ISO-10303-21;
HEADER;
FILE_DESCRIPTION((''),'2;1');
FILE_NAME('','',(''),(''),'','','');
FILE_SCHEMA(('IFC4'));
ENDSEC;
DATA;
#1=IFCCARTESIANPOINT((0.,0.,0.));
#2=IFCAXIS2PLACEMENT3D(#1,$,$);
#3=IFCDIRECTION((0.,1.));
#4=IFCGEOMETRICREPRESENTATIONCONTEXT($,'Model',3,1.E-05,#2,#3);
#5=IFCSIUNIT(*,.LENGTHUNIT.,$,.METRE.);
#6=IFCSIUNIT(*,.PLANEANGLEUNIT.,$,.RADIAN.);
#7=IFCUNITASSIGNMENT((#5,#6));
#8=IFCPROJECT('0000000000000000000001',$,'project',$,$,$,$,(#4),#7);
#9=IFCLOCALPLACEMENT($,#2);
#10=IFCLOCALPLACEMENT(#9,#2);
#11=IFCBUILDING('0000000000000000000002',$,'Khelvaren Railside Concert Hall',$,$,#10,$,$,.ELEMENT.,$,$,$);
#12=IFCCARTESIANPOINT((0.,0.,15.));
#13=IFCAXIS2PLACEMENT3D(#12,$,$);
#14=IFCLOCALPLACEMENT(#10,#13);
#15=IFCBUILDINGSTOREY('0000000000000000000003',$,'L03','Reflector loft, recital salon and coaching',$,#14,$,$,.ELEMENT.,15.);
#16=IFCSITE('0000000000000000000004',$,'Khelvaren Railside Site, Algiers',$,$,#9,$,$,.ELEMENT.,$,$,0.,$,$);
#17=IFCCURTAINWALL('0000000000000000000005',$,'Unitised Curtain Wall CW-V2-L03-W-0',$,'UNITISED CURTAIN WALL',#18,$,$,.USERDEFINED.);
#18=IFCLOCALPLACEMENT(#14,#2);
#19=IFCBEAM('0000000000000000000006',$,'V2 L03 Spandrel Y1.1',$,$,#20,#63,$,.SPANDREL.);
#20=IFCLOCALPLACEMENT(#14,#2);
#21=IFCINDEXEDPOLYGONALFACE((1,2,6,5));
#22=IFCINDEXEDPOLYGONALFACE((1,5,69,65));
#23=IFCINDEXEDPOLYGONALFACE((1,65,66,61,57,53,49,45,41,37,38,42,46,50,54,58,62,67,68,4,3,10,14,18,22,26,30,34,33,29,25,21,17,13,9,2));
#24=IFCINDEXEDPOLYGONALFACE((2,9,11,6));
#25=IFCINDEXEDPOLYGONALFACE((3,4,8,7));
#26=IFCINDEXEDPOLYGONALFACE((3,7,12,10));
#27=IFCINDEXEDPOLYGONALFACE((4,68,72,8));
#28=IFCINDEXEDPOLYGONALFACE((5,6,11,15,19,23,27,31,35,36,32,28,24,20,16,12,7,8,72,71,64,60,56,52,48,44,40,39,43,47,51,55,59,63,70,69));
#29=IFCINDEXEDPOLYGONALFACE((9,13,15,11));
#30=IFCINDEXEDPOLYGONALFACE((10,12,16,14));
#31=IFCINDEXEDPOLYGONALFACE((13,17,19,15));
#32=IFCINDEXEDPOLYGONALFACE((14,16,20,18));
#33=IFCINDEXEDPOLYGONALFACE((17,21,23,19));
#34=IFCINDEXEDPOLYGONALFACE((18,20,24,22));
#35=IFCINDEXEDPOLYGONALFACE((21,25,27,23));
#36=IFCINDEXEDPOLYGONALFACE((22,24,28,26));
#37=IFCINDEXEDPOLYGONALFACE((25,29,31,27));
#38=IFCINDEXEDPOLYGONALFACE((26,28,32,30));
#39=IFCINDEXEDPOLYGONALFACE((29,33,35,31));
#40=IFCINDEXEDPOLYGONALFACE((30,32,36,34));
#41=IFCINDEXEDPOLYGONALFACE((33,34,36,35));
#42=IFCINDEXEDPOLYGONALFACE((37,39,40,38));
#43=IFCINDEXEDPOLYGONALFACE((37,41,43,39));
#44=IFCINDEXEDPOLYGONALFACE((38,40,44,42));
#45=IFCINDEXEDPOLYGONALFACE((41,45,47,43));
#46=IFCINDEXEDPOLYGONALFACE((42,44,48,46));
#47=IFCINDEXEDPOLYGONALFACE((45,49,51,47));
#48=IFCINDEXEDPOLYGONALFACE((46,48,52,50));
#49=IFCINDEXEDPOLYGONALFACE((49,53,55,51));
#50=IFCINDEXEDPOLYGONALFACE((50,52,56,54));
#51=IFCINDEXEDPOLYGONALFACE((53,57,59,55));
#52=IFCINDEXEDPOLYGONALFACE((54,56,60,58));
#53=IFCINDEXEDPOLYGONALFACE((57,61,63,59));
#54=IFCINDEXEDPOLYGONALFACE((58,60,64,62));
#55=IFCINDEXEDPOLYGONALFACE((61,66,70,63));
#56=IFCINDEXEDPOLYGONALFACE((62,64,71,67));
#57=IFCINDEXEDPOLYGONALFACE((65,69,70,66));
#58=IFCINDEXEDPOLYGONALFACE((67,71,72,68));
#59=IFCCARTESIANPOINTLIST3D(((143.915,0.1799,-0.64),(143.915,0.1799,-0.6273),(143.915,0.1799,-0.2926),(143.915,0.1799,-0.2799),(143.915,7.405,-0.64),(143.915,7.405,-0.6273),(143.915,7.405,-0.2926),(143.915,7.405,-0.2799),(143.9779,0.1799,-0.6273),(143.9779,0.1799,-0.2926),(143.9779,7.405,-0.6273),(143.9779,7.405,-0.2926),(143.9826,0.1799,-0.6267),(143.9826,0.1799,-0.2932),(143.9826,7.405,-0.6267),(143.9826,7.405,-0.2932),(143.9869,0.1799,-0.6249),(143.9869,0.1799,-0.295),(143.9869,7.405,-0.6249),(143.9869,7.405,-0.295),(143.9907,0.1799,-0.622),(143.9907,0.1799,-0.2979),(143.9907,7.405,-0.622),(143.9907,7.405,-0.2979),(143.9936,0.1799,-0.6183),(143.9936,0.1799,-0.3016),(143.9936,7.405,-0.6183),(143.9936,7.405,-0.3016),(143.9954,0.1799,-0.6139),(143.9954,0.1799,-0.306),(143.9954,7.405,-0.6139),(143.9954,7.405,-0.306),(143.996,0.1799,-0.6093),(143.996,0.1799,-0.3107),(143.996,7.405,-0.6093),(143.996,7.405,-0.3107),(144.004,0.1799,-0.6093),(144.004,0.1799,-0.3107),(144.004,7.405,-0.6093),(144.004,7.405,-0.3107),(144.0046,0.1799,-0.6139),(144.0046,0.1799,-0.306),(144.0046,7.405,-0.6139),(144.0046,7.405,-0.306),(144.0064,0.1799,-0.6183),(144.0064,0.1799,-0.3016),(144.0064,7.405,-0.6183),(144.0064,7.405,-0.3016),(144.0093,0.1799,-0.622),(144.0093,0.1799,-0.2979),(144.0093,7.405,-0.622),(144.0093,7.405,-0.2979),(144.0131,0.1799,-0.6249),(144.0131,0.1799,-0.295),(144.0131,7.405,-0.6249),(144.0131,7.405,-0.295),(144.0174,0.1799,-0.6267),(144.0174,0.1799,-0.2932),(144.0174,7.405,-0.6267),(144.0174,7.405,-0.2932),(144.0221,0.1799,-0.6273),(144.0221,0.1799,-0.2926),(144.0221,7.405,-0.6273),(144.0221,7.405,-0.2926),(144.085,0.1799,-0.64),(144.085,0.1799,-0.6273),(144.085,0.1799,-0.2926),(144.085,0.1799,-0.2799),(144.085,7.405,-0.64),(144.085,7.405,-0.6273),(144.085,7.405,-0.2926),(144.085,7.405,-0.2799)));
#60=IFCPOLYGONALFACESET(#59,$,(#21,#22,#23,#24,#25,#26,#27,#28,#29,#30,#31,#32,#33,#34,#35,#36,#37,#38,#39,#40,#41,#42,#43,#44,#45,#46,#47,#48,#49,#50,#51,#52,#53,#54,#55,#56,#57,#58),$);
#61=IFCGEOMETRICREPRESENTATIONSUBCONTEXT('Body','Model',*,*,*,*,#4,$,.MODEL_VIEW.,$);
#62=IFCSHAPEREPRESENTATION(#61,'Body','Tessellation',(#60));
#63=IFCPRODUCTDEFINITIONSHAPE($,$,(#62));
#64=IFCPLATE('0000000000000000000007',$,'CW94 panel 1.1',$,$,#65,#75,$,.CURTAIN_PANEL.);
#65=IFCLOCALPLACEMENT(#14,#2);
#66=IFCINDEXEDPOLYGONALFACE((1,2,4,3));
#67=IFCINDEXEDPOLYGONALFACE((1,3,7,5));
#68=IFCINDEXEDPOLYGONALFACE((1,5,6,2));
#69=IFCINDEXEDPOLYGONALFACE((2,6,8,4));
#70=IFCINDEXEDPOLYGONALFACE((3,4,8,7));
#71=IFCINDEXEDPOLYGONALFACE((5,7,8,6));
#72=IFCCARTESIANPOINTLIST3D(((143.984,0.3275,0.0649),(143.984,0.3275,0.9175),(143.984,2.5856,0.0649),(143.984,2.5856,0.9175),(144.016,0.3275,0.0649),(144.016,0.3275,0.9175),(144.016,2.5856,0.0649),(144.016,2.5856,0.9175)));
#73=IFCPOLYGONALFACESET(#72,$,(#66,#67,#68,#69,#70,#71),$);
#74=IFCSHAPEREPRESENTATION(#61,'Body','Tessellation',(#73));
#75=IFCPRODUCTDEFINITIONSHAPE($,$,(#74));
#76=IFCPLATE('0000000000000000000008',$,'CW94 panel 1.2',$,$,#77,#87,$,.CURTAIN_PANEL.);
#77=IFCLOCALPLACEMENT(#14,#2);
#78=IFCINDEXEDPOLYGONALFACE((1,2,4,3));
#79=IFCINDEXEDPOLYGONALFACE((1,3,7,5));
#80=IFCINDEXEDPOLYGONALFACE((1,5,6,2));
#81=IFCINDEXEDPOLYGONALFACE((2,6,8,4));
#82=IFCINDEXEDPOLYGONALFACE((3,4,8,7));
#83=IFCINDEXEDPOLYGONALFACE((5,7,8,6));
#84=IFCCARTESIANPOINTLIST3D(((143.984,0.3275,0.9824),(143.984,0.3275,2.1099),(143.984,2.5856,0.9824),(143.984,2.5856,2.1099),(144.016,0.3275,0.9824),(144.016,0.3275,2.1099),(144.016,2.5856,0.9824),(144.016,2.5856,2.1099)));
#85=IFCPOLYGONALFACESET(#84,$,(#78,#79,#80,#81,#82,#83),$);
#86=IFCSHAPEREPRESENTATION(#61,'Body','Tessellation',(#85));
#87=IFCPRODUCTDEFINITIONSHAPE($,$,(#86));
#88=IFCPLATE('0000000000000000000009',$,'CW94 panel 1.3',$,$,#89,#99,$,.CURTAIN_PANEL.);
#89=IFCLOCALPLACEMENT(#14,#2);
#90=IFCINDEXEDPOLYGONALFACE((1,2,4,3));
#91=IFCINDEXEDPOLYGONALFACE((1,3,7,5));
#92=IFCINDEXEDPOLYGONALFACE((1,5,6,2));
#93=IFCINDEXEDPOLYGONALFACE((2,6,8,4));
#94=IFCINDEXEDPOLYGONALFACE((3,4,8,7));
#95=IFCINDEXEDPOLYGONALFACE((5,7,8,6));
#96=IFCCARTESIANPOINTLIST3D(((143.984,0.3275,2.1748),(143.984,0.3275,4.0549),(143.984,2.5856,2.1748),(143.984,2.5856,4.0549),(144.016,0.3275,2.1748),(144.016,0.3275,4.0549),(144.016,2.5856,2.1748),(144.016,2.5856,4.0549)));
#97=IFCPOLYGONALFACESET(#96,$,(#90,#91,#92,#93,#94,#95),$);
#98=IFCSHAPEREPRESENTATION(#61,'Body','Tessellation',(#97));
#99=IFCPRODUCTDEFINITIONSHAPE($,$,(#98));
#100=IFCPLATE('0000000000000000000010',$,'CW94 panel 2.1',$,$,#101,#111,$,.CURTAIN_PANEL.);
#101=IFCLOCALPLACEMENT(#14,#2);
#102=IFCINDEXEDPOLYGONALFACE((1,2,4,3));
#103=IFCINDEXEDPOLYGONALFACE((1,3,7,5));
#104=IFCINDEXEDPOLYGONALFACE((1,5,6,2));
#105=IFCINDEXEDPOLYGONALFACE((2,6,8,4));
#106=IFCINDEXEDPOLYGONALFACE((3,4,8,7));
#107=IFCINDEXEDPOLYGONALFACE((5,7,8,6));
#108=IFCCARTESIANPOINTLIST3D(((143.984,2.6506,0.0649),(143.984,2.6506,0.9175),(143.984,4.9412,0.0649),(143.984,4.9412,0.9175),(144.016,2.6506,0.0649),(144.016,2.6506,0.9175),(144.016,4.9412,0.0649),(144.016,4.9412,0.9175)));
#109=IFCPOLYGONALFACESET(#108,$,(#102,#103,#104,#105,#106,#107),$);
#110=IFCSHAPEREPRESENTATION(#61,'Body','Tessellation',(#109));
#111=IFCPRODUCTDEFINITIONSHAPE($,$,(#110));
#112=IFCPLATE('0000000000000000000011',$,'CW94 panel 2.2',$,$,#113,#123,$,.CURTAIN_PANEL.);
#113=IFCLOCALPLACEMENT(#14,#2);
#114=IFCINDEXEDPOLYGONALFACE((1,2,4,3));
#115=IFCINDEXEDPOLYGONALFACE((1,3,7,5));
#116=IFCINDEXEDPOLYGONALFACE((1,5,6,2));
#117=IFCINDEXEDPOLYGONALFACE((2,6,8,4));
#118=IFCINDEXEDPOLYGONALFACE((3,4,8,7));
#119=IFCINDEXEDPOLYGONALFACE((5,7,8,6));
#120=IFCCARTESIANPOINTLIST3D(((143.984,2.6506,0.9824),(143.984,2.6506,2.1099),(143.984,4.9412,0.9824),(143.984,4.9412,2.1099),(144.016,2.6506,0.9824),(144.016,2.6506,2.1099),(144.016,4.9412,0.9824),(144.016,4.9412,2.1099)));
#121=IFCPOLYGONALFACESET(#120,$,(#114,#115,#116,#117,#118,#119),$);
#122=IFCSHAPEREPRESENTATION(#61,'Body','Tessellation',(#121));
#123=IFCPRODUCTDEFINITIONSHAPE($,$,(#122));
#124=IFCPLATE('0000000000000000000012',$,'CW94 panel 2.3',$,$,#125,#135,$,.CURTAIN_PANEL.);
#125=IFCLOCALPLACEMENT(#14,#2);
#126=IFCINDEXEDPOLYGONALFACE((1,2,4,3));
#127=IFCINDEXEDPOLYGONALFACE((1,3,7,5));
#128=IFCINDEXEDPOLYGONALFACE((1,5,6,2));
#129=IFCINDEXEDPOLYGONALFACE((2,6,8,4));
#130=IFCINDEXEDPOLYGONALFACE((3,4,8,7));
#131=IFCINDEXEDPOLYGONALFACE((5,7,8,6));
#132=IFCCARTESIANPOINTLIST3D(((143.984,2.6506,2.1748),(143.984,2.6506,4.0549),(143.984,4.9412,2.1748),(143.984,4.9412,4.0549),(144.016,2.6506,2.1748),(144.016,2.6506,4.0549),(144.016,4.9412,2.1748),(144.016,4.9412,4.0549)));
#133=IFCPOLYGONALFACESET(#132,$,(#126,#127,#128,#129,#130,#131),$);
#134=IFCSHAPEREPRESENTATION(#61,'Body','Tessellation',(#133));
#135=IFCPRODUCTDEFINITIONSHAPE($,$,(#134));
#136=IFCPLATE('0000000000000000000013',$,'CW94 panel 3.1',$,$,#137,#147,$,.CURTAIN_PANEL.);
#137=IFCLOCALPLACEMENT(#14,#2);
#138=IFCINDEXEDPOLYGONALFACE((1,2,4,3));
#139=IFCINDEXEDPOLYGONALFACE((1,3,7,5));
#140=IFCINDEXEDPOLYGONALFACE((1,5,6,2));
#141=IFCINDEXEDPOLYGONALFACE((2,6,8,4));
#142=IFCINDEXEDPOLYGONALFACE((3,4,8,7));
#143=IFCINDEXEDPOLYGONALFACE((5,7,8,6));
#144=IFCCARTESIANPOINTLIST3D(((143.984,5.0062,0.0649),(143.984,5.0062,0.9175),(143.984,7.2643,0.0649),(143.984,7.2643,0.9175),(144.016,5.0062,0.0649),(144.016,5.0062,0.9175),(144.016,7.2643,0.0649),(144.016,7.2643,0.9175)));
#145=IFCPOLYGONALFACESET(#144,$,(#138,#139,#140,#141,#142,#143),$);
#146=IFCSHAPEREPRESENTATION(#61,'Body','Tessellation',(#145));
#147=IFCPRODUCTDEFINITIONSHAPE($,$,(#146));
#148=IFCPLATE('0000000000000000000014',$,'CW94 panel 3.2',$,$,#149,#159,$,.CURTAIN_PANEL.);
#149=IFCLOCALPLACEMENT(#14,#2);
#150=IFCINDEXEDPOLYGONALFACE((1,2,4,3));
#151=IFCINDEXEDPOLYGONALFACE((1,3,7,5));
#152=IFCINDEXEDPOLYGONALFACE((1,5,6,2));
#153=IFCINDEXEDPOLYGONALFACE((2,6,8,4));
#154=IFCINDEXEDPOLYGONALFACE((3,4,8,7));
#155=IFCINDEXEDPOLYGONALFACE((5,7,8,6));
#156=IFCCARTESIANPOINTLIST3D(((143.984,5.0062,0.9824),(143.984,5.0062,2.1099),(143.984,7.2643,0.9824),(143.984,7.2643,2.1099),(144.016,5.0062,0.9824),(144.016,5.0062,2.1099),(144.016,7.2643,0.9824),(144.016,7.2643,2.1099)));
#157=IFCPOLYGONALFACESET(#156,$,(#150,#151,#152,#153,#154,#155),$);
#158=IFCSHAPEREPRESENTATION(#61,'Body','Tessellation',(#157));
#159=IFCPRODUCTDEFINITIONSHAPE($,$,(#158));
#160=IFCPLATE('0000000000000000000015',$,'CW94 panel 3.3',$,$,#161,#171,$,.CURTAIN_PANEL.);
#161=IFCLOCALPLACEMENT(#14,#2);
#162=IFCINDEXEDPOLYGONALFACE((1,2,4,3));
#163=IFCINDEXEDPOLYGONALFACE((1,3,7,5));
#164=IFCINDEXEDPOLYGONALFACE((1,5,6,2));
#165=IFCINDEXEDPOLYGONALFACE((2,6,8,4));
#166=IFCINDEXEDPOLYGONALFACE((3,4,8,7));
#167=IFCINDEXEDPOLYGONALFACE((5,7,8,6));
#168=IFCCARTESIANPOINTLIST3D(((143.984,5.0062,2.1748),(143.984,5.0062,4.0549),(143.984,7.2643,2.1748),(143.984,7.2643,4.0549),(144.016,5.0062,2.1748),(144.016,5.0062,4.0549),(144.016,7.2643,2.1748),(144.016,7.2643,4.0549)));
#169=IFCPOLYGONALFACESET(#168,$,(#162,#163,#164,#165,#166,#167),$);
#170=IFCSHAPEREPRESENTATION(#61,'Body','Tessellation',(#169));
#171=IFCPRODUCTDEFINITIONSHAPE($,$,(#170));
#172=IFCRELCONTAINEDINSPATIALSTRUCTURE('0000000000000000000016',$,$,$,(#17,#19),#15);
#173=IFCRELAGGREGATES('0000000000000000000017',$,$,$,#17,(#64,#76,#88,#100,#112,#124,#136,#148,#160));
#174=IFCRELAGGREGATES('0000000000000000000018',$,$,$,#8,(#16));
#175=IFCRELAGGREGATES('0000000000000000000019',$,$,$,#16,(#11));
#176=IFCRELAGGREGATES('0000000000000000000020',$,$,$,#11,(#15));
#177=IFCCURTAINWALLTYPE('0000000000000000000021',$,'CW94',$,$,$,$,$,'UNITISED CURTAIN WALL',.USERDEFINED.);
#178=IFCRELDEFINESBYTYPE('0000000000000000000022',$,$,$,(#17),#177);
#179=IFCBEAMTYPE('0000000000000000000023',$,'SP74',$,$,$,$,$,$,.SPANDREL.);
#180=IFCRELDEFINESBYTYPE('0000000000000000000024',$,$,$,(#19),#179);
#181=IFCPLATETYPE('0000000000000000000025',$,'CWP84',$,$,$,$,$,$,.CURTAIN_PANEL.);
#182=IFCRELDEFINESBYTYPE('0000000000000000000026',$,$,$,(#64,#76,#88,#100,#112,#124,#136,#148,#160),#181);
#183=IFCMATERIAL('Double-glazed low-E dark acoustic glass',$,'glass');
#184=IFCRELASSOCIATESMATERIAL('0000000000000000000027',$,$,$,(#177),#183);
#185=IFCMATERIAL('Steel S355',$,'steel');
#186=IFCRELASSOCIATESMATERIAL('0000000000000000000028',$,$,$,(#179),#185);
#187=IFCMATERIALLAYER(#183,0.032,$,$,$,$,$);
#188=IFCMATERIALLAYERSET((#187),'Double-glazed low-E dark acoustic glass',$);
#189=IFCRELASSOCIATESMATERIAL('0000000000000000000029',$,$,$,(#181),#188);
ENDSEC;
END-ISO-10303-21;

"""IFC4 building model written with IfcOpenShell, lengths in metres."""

from ifc_helpers import new_model, si_unit, direction, frame, origin, origin_2d, place, context, subcontext, project, spatial, rectangle, i_section, extrude, material, layer, layer_set, material_profile, profile_set, type_object, element, aggregate, save


model = new_model("IFC4")

# Units and contexts
model_context = context("Model", 3, precision=1e-05, world=origin(), true_north=direction((0.0, 1.0)))
body_context = subcontext(model_context, "Body", "Model", "MODEL_VIEW")
ifc_project = project(units=[si_unit("LENGTHUNIT", "METRE"), si_unit("PLANEANGLEUNIT", "RADIAN")], contexts=[model_context])

# Site, building, storey
site_placement = place(None, origin())
site = spatial("IfcSite", under=ifc_project, at=site_placement, Name="Khelvaren Railside Site, Algiers", CompositionType="ELEMENT", RefElevation=0.0)
building_placement = place(site_placement, origin())
building = spatial("IfcBuilding", under=site, at=building_placement, Name="Khelvaren Railside Concert Hall", CompositionType="ELEMENT")
storey_placement = place(building_placement, frame((0.0, 0.0, 15.0)))
storey = spatial("IfcBuildingStorey", under=building, at=storey_placement, Name="L03", Description="Reflector loft, recital salon and coaching", CompositionType="ELEMENT", Elevation=15.0)

# Shared definitions
ifc_material_1 = material(Name="Steel S355", Category="steel")

# Curtain wall
ifc_material_2 = material(Name="Double-glazed low-E dark acoustic glass", Category="glass")
curtain_wall_type = type_object("IfcCurtainWallType", Name="CW94", ElementType="UNITISED CURTAIN WALL", PredefinedType="USERDEFINED", material=ifc_material_2)
curtain_wall_placement = place(storey_placement, origin())
curtain_wall = element("IfcCurtainWall", 1, at=curtain_wall_placement, inside=storey, type_object=curtain_wall_type, Name="Unitised Curtain Wall CW-V2-L03-W-0", ObjectType="UNITISED CURTAIN WALL", PredefinedType="USERDEFINED")

# Beam
ifc_material_profile_1 = material_profile(ifc_material_1, i_section(OverallWidth=0.1699, OverallDepth=0.3601, WebThickness=0.0081, FlangeThickness=0.0127, FilletRadius=0.0181, at=origin_2d()), Name="IPE 360")
ifc_profile_set_1 = profile_set([ifc_material_profile_1], Name="Steel S355")
beam_type_1 = type_object("IfcBeamType", Name="SP74", PredefinedType="SPANDREL", material=ifc_profile_set_1)
beam_1_placement = place(storey_placement, frame((144.0, 0.1799, -0.46), z_axis=(0.0, 1.0, 0.0), x_axis=(-1.0, 0.0, 0.0)))
element("IfcBeam", 2, at=beam_1_placement, inside=storey, type_object=beam_type_1, Name="V2 L03 Spandrel Y1.1", PredefinedType="SPANDREL", context=body_context, shape_type="SweptSolid", body=[
    extrude(i_section(OverallWidth=0.1699, OverallDepth=0.3601, WebThickness=0.0081, FlangeThickness=0.0127, FilletRadius=0.0181, at=origin_2d()), origin(), (0.0, 0.0, 1.0), 7.2251),
])

# Plates
ifc_layer = layer(ifc_material_2, 0.032)
ifc_layer_set = layer_set([ifc_layer], Name="Double-glazed low-E dark acoustic glass")
plate_type = type_object("IfcPlateType", Name="CWP84", PredefinedType="CURTAIN_PANEL", material=ifc_layer_set)
plate_1_placement = place(storey_placement, frame((144.0, 1.4565, 0.0649), z_axis=(0.0, 0.0, 1.0), x_axis=(0.0, 1.0, 0.0)))
plate_1 = element("IfcPlate", 3, at=plate_1_placement, type_object=plate_type, Name="CW94 panel 1.1", PredefinedType="CURTAIN_PANEL", context=body_context, shape_type="SweptSolid", body=[
    extrude(rectangle(XDim=2.2581, YDim=0.032, at=origin_2d()), origin(), (0.0, 0.0, 1.0), 0.8525),
])
plate_2_placement = place(storey_placement, frame((144.0, 1.4565, 0.9824), z_axis=(0.0, 0.0, 1.0), x_axis=(0.0, 1.0, 0.0)))
plate_2 = element("IfcPlate", 4, at=plate_2_placement, type_object=plate_type, Name="CW94 panel 1.2", PredefinedType="CURTAIN_PANEL", context=body_context, shape_type="SweptSolid", body=[
    extrude(rectangle(XDim=2.2581, YDim=0.032, at=origin_2d()), origin(), (0.0, 0.0, 1.0), 1.1274),
])
plate_3_placement = place(storey_placement, frame((144.0, 1.4565, 2.1748), z_axis=(0.0, 0.0, 1.0), x_axis=(0.0, 1.0, 0.0)))
plate_3 = element("IfcPlate", 5, at=plate_3_placement, type_object=plate_type, Name="CW94 panel 1.3", PredefinedType="CURTAIN_PANEL", context=body_context, shape_type="SweptSolid", body=[
    extrude(rectangle(XDim=2.2581, YDim=0.032, at=origin_2d()), origin(), (0.0, 0.0, 1.0), 1.8801),
])
plate_4_placement = place(storey_placement, frame((144.0, 3.7959, 0.0649), z_axis=(0.0, 0.0, 1.0), x_axis=(0.0, 1.0, 0.0)))
plate_4 = element("IfcPlate", 6, at=plate_4_placement, type_object=plate_type, Name="CW94 panel 2.1", PredefinedType="CURTAIN_PANEL", context=body_context, shape_type="SweptSolid", body=[
    extrude(rectangle(XDim=2.2905, YDim=0.032, at=origin_2d()), origin(), (0.0, 0.0, 1.0), 0.8525),
])
plate_5_placement = place(storey_placement, frame((144.0, 3.7959, 0.9824), z_axis=(0.0, 0.0, 1.0), x_axis=(0.0, 1.0, 0.0)))
plate_5 = element("IfcPlate", 7, at=plate_5_placement, type_object=plate_type, Name="CW94 panel 2.2", PredefinedType="CURTAIN_PANEL", context=body_context, shape_type="SweptSolid", body=[
    extrude(rectangle(XDim=2.2905, YDim=0.032, at=origin_2d()), origin(), (0.0, 0.0, 1.0), 1.1274),
])
plate_6_placement = place(storey_placement, frame((144.0, 3.7959, 2.1748), z_axis=(0.0, 0.0, 1.0), x_axis=(0.0, 1.0, 0.0)))
plate_6 = element("IfcPlate", 8, at=plate_6_placement, type_object=plate_type, Name="CW94 panel 2.3", PredefinedType="CURTAIN_PANEL", context=body_context, shape_type="SweptSolid", body=[
    extrude(rectangle(XDim=2.2905, YDim=0.032, at=origin_2d()), origin(), (0.0, 0.0, 1.0), 1.8801),
])
plate_7_placement = place(storey_placement, frame((144.0, 6.1353, 0.0649), z_axis=(0.0, 0.0, 1.0), x_axis=(0.0, 1.0, 0.0)))
plate_7 = element("IfcPlate", 9, at=plate_7_placement, type_object=plate_type, Name="CW94 panel 3.1", PredefinedType="CURTAIN_PANEL", context=body_context, shape_type="SweptSolid", body=[
    extrude(rectangle(XDim=2.2581, YDim=0.032, at=origin_2d()), origin(), (0.0, 0.0, 1.0), 0.8525),
])
plate_8_placement = place(storey_placement, frame((144.0, 6.1353, 0.9824), z_axis=(0.0, 0.0, 1.0), x_axis=(0.0, 1.0, 0.0)))
plate_8 = element("IfcPlate", 10, at=plate_8_placement, type_object=plate_type, Name="CW94 panel 3.2", PredefinedType="CURTAIN_PANEL", context=body_context, shape_type="SweptSolid", body=[
    extrude(rectangle(XDim=2.2581, YDim=0.032, at=origin_2d()), origin(), (0.0, 0.0, 1.0), 1.1274),
])
plate_9_placement = place(storey_placement, frame((144.0, 6.1353, 2.1748), z_axis=(0.0, 0.0, 1.0), x_axis=(0.0, 1.0, 0.0)))
plate_9 = element("IfcPlate", 11, at=plate_9_placement, type_object=plate_type, Name="CW94 panel 3.3", PredefinedType="CURTAIN_PANEL", context=body_context, shape_type="SweptSolid", body=[
    extrude(rectangle(XDim=2.2581, YDim=0.032, at=origin_2d()), origin(), (0.0, 0.0, 1.0), 1.8801),
])
aggregate(curtain_wall, [plate_1, plate_2, plate_3, plate_4, plate_5, plate_6, plate_7, plate_8, plate_9])

save(model, "model.ifc")
